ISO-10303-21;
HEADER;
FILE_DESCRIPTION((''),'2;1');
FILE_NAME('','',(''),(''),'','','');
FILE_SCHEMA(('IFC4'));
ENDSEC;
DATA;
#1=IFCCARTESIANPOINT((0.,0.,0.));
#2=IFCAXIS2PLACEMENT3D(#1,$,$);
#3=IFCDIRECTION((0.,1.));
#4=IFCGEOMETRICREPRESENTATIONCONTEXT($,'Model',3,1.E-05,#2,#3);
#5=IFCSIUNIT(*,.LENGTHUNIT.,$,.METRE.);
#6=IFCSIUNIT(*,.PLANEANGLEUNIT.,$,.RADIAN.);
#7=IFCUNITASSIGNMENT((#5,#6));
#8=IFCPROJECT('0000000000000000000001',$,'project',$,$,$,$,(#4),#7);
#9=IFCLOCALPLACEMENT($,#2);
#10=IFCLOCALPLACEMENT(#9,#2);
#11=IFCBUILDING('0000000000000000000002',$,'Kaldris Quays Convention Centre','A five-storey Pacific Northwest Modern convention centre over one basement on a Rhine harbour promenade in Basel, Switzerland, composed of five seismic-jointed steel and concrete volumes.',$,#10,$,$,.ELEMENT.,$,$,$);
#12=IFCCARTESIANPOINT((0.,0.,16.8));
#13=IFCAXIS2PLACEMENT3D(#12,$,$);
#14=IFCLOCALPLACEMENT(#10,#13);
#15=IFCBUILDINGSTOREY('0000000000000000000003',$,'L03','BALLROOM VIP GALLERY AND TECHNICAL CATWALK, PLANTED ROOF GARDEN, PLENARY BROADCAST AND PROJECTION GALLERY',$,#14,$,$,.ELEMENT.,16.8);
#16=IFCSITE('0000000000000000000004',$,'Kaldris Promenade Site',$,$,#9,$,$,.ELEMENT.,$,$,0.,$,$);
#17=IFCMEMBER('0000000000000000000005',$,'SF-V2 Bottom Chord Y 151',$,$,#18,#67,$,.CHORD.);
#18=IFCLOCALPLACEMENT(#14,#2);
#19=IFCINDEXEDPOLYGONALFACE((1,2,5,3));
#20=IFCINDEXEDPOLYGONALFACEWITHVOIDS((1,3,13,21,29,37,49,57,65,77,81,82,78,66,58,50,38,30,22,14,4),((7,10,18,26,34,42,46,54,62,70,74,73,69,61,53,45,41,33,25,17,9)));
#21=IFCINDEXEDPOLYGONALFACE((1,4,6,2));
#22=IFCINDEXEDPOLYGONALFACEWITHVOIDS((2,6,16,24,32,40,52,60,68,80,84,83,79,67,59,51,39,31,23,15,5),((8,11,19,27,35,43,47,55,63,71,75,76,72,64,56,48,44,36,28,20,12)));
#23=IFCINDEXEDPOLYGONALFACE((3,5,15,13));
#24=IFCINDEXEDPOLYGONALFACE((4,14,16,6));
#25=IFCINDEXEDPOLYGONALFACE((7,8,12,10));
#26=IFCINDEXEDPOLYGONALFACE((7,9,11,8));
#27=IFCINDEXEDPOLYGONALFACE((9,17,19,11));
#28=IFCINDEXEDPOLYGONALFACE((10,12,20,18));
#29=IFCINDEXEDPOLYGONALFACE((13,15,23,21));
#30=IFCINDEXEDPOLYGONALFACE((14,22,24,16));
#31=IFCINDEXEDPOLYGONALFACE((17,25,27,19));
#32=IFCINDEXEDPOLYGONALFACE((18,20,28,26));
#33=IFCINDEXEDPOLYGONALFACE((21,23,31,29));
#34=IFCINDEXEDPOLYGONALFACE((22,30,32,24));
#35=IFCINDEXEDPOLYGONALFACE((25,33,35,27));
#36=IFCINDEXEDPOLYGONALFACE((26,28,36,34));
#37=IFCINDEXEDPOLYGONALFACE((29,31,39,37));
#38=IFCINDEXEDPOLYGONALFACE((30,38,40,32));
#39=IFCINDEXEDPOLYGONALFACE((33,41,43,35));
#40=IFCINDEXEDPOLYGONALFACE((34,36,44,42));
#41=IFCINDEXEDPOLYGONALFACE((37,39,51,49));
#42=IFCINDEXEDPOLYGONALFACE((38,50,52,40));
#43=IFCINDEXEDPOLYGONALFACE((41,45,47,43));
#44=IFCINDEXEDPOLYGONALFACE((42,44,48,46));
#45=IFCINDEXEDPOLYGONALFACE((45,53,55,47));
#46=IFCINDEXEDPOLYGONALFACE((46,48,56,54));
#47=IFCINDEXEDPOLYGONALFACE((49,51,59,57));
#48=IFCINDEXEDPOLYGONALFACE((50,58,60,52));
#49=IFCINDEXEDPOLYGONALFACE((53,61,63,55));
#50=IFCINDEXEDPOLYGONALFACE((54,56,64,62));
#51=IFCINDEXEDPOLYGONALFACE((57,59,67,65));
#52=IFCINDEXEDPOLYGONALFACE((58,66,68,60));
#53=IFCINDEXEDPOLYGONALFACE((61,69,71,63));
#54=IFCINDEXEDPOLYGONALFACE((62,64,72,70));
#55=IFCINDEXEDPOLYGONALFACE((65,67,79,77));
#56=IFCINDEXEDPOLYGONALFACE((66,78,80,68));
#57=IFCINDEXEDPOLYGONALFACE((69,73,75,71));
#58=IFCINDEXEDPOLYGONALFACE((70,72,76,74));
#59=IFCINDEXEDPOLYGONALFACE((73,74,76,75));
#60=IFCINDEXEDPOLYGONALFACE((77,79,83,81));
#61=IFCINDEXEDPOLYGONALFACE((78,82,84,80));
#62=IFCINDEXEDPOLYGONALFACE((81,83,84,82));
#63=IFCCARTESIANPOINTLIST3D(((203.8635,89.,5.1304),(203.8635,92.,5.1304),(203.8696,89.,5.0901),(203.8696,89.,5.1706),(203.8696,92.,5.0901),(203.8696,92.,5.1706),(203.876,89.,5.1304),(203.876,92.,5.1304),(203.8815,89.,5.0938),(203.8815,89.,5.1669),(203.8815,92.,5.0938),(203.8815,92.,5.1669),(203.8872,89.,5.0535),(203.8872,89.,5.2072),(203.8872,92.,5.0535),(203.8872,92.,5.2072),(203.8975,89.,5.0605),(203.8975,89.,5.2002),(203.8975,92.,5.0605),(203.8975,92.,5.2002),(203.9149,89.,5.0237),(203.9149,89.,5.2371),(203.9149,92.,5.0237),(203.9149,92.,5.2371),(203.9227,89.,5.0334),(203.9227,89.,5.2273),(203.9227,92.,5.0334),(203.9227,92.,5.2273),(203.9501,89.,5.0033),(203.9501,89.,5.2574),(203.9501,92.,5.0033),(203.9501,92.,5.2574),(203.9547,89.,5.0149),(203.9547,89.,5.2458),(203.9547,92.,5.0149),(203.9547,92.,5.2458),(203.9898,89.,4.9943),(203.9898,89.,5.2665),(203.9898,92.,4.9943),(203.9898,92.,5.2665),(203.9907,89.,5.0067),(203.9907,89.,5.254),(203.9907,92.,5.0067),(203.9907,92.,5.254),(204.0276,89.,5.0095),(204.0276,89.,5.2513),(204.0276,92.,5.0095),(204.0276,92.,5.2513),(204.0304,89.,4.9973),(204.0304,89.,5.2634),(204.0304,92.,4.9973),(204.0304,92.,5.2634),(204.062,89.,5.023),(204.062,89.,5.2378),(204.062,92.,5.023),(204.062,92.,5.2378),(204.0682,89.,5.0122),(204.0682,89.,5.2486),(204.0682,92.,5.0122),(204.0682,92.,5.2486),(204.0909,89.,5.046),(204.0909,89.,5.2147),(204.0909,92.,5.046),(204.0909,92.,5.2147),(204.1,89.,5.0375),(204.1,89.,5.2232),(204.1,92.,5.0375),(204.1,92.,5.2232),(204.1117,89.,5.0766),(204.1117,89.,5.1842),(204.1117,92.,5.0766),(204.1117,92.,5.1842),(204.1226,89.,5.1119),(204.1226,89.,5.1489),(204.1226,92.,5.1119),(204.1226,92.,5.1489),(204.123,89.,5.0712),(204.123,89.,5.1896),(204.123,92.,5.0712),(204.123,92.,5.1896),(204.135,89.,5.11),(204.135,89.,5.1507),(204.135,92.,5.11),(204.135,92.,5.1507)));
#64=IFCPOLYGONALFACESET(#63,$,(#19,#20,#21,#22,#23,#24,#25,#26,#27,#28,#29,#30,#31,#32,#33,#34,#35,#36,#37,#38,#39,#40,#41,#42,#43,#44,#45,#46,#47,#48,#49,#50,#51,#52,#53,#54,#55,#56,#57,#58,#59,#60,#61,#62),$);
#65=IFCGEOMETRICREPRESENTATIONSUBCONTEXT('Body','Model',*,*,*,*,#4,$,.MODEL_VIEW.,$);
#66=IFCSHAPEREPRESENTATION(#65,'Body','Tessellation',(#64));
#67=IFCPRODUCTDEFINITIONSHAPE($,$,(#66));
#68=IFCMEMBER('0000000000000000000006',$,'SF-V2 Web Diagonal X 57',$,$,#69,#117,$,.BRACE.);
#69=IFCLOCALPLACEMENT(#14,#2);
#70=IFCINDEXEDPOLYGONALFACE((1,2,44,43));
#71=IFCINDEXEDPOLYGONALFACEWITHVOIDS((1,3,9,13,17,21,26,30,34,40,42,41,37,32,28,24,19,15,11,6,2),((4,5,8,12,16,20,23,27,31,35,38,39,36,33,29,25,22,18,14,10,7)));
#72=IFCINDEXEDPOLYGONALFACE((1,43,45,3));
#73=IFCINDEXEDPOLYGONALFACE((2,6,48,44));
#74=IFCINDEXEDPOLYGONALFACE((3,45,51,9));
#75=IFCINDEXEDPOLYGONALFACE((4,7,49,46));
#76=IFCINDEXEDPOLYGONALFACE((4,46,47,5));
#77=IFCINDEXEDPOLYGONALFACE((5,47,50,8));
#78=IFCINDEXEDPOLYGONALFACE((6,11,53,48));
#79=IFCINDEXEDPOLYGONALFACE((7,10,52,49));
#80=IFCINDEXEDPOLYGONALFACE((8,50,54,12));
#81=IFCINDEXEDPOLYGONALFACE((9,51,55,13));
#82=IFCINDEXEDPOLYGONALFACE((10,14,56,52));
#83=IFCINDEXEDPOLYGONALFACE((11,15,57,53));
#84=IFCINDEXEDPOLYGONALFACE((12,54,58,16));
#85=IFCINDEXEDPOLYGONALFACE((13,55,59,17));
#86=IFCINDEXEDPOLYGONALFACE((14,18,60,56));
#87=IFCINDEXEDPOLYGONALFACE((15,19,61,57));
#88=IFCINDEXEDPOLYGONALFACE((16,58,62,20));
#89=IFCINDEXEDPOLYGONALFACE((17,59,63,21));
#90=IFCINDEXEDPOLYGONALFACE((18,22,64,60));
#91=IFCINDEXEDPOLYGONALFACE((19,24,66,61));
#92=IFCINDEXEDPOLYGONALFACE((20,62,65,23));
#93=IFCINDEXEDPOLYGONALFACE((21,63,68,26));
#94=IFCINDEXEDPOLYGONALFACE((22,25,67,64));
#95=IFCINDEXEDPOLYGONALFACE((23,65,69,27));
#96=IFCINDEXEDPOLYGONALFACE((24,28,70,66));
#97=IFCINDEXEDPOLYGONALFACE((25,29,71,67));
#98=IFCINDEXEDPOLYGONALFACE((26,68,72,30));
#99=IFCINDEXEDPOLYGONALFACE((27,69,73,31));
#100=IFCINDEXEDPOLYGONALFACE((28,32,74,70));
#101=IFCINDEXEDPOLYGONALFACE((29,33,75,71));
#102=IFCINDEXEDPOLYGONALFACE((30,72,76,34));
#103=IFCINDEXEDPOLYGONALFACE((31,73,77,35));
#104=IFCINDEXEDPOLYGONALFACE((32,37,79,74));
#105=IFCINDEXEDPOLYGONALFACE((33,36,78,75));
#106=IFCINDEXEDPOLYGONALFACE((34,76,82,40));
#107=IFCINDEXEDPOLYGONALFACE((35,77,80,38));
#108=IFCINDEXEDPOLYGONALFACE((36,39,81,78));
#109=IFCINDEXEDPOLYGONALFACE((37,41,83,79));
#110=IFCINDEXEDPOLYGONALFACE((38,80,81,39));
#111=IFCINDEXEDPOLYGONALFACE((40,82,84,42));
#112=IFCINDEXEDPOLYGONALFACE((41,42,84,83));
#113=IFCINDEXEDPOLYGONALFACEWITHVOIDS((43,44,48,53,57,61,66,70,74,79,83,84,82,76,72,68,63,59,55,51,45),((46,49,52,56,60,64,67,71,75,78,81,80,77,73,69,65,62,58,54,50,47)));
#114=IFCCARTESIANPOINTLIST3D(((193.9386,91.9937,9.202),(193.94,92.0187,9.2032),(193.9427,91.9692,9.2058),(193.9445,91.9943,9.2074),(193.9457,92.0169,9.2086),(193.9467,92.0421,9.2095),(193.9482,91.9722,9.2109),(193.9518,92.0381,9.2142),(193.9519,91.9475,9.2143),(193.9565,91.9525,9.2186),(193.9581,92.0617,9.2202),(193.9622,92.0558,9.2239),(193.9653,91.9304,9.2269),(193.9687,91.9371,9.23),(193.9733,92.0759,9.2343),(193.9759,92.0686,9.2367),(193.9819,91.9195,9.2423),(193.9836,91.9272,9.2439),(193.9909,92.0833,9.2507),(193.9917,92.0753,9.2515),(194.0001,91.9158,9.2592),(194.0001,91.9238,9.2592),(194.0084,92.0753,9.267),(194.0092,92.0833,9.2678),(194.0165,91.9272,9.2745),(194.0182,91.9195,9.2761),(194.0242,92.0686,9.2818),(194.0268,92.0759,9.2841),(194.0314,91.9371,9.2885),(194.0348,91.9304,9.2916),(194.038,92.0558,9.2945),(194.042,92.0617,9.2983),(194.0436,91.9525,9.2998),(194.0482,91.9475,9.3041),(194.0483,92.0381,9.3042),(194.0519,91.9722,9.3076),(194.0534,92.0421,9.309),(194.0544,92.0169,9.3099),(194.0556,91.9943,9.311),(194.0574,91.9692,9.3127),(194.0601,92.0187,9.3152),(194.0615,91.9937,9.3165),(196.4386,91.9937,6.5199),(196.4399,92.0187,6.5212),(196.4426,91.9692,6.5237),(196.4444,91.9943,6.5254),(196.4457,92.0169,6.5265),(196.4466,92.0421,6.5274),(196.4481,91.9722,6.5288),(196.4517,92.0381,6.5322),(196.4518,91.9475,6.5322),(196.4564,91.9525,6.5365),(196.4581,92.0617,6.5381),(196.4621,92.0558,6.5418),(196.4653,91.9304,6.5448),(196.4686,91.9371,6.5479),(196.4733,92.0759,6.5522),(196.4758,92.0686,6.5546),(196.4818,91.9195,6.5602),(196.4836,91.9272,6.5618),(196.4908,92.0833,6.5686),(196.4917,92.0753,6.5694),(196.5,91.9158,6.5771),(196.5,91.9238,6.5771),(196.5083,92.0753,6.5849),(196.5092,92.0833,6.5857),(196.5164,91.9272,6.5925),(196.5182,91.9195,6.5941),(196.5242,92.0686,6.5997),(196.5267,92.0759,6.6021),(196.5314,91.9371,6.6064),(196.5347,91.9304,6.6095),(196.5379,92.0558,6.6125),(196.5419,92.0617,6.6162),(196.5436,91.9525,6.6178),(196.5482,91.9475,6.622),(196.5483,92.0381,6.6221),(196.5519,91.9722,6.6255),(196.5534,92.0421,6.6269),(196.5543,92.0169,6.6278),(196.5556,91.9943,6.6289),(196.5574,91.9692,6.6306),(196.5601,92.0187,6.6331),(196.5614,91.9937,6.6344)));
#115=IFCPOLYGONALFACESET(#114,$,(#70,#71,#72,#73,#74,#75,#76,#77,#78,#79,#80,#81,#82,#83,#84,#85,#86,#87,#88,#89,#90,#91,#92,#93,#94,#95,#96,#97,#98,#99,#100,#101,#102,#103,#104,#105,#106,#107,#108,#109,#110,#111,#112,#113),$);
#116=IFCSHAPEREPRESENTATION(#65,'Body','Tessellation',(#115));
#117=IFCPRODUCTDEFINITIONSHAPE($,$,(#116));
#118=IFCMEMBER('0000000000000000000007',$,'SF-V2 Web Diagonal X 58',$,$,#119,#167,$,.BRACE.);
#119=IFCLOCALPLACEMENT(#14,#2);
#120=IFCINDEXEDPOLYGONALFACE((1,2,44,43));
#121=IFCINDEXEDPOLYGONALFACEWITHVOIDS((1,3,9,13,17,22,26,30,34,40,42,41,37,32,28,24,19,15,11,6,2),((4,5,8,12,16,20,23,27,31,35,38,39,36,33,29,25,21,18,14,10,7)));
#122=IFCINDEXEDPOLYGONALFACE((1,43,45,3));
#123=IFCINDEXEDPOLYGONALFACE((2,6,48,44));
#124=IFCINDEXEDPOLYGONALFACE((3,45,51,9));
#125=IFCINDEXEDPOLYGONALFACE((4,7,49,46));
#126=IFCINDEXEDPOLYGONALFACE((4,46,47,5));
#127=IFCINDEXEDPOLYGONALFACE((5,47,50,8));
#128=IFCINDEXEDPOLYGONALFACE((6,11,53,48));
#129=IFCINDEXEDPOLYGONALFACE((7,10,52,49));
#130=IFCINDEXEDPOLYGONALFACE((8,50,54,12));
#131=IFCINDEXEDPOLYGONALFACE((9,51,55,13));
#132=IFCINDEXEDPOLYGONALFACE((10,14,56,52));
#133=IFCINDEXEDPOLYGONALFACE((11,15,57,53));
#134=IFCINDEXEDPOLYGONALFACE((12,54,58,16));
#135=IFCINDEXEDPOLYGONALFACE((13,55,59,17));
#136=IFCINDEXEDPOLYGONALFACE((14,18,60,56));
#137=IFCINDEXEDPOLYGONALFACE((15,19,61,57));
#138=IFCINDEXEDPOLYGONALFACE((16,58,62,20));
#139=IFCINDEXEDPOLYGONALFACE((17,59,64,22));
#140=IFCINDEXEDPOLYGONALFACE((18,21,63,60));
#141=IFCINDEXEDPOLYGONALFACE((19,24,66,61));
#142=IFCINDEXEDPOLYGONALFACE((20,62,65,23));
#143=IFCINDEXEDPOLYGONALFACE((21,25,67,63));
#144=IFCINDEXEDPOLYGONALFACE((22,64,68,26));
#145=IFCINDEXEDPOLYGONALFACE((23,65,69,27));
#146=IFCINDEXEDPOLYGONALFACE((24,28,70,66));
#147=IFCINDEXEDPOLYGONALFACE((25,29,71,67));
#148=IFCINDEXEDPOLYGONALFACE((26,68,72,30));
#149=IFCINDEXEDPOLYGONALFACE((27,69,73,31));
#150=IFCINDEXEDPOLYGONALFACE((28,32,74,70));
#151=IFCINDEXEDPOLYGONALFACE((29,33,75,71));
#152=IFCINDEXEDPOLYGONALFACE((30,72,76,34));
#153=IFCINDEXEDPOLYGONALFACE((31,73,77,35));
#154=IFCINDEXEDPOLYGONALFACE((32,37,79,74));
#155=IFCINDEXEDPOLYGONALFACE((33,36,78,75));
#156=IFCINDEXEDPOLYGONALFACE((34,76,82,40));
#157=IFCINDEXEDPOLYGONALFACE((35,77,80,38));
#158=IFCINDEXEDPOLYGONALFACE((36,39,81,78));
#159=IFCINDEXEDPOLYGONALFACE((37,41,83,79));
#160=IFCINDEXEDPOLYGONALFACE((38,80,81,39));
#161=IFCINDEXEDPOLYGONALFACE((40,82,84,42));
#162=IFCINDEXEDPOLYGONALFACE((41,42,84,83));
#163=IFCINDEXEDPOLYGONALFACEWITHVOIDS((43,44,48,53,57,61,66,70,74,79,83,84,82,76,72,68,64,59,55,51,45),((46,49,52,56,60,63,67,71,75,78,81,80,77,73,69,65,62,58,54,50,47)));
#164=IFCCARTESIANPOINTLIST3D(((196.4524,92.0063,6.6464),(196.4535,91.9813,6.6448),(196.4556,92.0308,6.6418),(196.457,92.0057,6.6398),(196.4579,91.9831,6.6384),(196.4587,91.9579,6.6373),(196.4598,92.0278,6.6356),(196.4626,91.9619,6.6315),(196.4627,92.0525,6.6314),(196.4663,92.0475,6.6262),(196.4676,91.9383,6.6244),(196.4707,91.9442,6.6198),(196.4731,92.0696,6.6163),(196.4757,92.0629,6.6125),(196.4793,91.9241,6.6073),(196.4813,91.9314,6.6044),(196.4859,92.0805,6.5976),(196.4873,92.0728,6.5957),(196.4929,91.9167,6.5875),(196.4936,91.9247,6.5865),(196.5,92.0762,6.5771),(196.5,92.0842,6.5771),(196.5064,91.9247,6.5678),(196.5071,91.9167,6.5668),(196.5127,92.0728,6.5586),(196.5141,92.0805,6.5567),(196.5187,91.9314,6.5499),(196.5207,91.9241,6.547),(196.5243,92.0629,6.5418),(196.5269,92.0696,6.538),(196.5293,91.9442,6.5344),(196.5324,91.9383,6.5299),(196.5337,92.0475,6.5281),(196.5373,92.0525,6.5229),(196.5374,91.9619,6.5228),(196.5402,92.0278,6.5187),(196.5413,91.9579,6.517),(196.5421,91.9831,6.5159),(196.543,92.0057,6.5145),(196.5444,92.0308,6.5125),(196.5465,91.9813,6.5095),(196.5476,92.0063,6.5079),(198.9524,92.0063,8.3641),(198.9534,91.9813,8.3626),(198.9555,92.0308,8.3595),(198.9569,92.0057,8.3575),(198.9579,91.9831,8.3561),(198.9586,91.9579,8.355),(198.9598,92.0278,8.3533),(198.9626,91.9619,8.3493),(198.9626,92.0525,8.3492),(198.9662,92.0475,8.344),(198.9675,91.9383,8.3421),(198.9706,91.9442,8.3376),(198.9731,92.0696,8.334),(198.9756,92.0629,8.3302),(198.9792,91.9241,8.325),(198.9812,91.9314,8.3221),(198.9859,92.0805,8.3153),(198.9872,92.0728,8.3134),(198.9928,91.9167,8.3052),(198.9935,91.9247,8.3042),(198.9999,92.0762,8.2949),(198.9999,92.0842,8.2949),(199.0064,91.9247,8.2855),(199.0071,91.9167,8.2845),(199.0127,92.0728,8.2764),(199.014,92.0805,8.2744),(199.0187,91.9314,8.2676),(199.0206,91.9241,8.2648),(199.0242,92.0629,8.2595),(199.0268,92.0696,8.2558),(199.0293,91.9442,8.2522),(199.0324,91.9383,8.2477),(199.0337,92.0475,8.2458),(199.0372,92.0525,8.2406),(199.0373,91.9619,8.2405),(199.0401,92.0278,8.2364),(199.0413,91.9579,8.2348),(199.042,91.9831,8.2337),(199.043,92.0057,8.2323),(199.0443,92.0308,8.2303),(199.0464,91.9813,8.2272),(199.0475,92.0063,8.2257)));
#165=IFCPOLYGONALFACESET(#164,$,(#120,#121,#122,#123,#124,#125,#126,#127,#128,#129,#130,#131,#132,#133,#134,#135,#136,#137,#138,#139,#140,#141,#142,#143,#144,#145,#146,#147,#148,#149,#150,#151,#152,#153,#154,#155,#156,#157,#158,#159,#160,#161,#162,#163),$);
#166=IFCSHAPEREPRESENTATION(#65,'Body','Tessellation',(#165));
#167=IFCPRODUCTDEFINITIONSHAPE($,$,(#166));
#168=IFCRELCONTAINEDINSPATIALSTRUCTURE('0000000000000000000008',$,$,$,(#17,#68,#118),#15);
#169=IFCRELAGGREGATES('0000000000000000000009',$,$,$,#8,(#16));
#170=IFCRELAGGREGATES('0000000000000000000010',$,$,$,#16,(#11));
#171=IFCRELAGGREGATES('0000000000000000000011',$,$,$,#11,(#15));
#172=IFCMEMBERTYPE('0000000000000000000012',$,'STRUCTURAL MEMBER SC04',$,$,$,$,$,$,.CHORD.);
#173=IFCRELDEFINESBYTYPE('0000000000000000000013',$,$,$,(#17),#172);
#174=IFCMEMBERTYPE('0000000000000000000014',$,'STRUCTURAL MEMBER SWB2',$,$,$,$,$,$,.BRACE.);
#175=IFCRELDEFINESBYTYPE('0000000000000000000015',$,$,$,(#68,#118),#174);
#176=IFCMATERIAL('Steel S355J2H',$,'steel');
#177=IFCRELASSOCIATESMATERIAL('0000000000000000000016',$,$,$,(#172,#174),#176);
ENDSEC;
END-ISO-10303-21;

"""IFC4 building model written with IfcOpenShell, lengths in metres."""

from ifc_helpers import new_model, si_unit, direction, frame, origin, origin_2d, place, context, subcontext, project, spatial, hollow_circle, extrude, material, material_profile, profile_set, type_object, element, save


model = new_model("IFC4")

# Units and contexts
model_context = context("Model", 3, precision=1e-05, world=origin(), true_north=direction((0.0, 1.0)))
body_context = subcontext(model_context, "Body", "Model", "MODEL_VIEW")
ifc_project = project(units=[si_unit("LENGTHUNIT", "METRE"), si_unit("PLANEANGLEUNIT", "RADIAN")], contexts=[model_context])

# Site, building, storey
site_placement = place(None, origin())
site = spatial("IfcSite", under=ifc_project, at=site_placement, Name="Kaldris Promenade Site", CompositionType="ELEMENT", RefElevation=0.0)
building_placement = place(site_placement, origin())
building = spatial("IfcBuilding", under=site, at=building_placement, Name="Kaldris Quays Convention Centre", Description="A five-storey Pacific Northwest Modern convention centre over one basement on a Rhine harbour promenade in Basel, Switzerland, composed of five seismic-jointed steel and concrete volumes.", CompositionType="ELEMENT")
storey_placement = place(building_placement, frame((0.0, 0.0, 16.8)))
storey = spatial("IfcBuildingStorey", under=building, at=storey_placement, Name="L03", Description="BALLROOM VIP GALLERY AND TECHNICAL CATWALK, PLANTED ROOF GARDEN, PLENARY BROADCAST AND PROJECTION GALLERY", CompositionType="ELEMENT", Elevation=16.8)

# Members
ifc_material_1 = material(Name="Steel S355J2H", Category="steel")
ifc_material_profile_1 = material_profile(ifc_material_1, hollow_circle(Radius=0.1365, WallThickness=0.0125, at=origin_2d()), Name="CHS 273x12.5")
ifc_profile_set_1 = profile_set([ifc_material_profile_1], Name="Steel S355J2H")
member_type_1 = type_object("IfcMemberType", Name="STRUCTURAL MEMBER SC04", PredefinedType="CHORD", material=ifc_profile_set_1)
for number, where, z_axis, x_axis, name in (
    (1, (204.0, 89.0, 5.1304), (0.0, 1.0, 0.0), (-1.0, 0.0, 0.0), "SF-V2 Bottom Chord Y 151"),
):
    element("IfcMember", number, at=place(storey_placement, frame(where, z_axis=z_axis, x_axis=x_axis)), inside=storey, type_object=member_type_1, Name=name, PredefinedType="CHORD", context=body_context, shape_type="SweptSolid", body=[
        extrude(hollow_circle(Radius=0.1365, WallThickness=0.0125, at=origin_2d()), origin(), (0.0, 0.0, 1.0), 3.0),
    ])
ifc_material_profile_2 = material_profile(ifc_material_1, hollow_circle(Radius=0.0842, WallThickness=0.0081, at=origin_2d()), Name="CHS 168.3x8")
ifc_profile_set_2 = profile_set([ifc_material_profile_2], Name="Steel S355J2H")
member_type_2 = type_object("IfcMemberType", Name="STRUCTURAL MEMBER SWB2", PredefinedType="BRACE", material=ifc_profile_set_2)
member_1_placement = place(storey_placement, frame((196.5, 92.0, 6.5771), z_axis=(-0.681834, 0.0, 0.731507), x_axis=(0.0, -1.0, 0.0)))
element("IfcMember", 2, at=member_1_placement, inside=storey, type_object=member_type_2, Name="SF-V2 Web Diagonal X 57", PredefinedType="BRACE", context=body_context, shape_type="SweptSolid", body=[
    extrude(hollow_circle(Radius=0.0842, WallThickness=0.0081, at=origin_2d()), origin(), (0.0, 0.0, 1.0), 3.6665),
])
member_2_placement = place(storey_placement, frame((196.5, 92.0, 6.5771), z_axis=(0.824192, 0.0, 0.56631), x_axis=(0.0, 1.0, 0.0)))
element("IfcMember", 3, at=member_2_placement, inside=storey, type_object=member_type_2, Name="SF-V2 Web Diagonal X 58", PredefinedType="BRACE", context=body_context, shape_type="SweptSolid", body=[
    extrude(hollow_circle(Radius=0.0842, WallThickness=0.0081, at=origin_2d()), origin(), (0.0, 0.0, 1.0), 3.0332),
])

save(model, "model.ifc")
